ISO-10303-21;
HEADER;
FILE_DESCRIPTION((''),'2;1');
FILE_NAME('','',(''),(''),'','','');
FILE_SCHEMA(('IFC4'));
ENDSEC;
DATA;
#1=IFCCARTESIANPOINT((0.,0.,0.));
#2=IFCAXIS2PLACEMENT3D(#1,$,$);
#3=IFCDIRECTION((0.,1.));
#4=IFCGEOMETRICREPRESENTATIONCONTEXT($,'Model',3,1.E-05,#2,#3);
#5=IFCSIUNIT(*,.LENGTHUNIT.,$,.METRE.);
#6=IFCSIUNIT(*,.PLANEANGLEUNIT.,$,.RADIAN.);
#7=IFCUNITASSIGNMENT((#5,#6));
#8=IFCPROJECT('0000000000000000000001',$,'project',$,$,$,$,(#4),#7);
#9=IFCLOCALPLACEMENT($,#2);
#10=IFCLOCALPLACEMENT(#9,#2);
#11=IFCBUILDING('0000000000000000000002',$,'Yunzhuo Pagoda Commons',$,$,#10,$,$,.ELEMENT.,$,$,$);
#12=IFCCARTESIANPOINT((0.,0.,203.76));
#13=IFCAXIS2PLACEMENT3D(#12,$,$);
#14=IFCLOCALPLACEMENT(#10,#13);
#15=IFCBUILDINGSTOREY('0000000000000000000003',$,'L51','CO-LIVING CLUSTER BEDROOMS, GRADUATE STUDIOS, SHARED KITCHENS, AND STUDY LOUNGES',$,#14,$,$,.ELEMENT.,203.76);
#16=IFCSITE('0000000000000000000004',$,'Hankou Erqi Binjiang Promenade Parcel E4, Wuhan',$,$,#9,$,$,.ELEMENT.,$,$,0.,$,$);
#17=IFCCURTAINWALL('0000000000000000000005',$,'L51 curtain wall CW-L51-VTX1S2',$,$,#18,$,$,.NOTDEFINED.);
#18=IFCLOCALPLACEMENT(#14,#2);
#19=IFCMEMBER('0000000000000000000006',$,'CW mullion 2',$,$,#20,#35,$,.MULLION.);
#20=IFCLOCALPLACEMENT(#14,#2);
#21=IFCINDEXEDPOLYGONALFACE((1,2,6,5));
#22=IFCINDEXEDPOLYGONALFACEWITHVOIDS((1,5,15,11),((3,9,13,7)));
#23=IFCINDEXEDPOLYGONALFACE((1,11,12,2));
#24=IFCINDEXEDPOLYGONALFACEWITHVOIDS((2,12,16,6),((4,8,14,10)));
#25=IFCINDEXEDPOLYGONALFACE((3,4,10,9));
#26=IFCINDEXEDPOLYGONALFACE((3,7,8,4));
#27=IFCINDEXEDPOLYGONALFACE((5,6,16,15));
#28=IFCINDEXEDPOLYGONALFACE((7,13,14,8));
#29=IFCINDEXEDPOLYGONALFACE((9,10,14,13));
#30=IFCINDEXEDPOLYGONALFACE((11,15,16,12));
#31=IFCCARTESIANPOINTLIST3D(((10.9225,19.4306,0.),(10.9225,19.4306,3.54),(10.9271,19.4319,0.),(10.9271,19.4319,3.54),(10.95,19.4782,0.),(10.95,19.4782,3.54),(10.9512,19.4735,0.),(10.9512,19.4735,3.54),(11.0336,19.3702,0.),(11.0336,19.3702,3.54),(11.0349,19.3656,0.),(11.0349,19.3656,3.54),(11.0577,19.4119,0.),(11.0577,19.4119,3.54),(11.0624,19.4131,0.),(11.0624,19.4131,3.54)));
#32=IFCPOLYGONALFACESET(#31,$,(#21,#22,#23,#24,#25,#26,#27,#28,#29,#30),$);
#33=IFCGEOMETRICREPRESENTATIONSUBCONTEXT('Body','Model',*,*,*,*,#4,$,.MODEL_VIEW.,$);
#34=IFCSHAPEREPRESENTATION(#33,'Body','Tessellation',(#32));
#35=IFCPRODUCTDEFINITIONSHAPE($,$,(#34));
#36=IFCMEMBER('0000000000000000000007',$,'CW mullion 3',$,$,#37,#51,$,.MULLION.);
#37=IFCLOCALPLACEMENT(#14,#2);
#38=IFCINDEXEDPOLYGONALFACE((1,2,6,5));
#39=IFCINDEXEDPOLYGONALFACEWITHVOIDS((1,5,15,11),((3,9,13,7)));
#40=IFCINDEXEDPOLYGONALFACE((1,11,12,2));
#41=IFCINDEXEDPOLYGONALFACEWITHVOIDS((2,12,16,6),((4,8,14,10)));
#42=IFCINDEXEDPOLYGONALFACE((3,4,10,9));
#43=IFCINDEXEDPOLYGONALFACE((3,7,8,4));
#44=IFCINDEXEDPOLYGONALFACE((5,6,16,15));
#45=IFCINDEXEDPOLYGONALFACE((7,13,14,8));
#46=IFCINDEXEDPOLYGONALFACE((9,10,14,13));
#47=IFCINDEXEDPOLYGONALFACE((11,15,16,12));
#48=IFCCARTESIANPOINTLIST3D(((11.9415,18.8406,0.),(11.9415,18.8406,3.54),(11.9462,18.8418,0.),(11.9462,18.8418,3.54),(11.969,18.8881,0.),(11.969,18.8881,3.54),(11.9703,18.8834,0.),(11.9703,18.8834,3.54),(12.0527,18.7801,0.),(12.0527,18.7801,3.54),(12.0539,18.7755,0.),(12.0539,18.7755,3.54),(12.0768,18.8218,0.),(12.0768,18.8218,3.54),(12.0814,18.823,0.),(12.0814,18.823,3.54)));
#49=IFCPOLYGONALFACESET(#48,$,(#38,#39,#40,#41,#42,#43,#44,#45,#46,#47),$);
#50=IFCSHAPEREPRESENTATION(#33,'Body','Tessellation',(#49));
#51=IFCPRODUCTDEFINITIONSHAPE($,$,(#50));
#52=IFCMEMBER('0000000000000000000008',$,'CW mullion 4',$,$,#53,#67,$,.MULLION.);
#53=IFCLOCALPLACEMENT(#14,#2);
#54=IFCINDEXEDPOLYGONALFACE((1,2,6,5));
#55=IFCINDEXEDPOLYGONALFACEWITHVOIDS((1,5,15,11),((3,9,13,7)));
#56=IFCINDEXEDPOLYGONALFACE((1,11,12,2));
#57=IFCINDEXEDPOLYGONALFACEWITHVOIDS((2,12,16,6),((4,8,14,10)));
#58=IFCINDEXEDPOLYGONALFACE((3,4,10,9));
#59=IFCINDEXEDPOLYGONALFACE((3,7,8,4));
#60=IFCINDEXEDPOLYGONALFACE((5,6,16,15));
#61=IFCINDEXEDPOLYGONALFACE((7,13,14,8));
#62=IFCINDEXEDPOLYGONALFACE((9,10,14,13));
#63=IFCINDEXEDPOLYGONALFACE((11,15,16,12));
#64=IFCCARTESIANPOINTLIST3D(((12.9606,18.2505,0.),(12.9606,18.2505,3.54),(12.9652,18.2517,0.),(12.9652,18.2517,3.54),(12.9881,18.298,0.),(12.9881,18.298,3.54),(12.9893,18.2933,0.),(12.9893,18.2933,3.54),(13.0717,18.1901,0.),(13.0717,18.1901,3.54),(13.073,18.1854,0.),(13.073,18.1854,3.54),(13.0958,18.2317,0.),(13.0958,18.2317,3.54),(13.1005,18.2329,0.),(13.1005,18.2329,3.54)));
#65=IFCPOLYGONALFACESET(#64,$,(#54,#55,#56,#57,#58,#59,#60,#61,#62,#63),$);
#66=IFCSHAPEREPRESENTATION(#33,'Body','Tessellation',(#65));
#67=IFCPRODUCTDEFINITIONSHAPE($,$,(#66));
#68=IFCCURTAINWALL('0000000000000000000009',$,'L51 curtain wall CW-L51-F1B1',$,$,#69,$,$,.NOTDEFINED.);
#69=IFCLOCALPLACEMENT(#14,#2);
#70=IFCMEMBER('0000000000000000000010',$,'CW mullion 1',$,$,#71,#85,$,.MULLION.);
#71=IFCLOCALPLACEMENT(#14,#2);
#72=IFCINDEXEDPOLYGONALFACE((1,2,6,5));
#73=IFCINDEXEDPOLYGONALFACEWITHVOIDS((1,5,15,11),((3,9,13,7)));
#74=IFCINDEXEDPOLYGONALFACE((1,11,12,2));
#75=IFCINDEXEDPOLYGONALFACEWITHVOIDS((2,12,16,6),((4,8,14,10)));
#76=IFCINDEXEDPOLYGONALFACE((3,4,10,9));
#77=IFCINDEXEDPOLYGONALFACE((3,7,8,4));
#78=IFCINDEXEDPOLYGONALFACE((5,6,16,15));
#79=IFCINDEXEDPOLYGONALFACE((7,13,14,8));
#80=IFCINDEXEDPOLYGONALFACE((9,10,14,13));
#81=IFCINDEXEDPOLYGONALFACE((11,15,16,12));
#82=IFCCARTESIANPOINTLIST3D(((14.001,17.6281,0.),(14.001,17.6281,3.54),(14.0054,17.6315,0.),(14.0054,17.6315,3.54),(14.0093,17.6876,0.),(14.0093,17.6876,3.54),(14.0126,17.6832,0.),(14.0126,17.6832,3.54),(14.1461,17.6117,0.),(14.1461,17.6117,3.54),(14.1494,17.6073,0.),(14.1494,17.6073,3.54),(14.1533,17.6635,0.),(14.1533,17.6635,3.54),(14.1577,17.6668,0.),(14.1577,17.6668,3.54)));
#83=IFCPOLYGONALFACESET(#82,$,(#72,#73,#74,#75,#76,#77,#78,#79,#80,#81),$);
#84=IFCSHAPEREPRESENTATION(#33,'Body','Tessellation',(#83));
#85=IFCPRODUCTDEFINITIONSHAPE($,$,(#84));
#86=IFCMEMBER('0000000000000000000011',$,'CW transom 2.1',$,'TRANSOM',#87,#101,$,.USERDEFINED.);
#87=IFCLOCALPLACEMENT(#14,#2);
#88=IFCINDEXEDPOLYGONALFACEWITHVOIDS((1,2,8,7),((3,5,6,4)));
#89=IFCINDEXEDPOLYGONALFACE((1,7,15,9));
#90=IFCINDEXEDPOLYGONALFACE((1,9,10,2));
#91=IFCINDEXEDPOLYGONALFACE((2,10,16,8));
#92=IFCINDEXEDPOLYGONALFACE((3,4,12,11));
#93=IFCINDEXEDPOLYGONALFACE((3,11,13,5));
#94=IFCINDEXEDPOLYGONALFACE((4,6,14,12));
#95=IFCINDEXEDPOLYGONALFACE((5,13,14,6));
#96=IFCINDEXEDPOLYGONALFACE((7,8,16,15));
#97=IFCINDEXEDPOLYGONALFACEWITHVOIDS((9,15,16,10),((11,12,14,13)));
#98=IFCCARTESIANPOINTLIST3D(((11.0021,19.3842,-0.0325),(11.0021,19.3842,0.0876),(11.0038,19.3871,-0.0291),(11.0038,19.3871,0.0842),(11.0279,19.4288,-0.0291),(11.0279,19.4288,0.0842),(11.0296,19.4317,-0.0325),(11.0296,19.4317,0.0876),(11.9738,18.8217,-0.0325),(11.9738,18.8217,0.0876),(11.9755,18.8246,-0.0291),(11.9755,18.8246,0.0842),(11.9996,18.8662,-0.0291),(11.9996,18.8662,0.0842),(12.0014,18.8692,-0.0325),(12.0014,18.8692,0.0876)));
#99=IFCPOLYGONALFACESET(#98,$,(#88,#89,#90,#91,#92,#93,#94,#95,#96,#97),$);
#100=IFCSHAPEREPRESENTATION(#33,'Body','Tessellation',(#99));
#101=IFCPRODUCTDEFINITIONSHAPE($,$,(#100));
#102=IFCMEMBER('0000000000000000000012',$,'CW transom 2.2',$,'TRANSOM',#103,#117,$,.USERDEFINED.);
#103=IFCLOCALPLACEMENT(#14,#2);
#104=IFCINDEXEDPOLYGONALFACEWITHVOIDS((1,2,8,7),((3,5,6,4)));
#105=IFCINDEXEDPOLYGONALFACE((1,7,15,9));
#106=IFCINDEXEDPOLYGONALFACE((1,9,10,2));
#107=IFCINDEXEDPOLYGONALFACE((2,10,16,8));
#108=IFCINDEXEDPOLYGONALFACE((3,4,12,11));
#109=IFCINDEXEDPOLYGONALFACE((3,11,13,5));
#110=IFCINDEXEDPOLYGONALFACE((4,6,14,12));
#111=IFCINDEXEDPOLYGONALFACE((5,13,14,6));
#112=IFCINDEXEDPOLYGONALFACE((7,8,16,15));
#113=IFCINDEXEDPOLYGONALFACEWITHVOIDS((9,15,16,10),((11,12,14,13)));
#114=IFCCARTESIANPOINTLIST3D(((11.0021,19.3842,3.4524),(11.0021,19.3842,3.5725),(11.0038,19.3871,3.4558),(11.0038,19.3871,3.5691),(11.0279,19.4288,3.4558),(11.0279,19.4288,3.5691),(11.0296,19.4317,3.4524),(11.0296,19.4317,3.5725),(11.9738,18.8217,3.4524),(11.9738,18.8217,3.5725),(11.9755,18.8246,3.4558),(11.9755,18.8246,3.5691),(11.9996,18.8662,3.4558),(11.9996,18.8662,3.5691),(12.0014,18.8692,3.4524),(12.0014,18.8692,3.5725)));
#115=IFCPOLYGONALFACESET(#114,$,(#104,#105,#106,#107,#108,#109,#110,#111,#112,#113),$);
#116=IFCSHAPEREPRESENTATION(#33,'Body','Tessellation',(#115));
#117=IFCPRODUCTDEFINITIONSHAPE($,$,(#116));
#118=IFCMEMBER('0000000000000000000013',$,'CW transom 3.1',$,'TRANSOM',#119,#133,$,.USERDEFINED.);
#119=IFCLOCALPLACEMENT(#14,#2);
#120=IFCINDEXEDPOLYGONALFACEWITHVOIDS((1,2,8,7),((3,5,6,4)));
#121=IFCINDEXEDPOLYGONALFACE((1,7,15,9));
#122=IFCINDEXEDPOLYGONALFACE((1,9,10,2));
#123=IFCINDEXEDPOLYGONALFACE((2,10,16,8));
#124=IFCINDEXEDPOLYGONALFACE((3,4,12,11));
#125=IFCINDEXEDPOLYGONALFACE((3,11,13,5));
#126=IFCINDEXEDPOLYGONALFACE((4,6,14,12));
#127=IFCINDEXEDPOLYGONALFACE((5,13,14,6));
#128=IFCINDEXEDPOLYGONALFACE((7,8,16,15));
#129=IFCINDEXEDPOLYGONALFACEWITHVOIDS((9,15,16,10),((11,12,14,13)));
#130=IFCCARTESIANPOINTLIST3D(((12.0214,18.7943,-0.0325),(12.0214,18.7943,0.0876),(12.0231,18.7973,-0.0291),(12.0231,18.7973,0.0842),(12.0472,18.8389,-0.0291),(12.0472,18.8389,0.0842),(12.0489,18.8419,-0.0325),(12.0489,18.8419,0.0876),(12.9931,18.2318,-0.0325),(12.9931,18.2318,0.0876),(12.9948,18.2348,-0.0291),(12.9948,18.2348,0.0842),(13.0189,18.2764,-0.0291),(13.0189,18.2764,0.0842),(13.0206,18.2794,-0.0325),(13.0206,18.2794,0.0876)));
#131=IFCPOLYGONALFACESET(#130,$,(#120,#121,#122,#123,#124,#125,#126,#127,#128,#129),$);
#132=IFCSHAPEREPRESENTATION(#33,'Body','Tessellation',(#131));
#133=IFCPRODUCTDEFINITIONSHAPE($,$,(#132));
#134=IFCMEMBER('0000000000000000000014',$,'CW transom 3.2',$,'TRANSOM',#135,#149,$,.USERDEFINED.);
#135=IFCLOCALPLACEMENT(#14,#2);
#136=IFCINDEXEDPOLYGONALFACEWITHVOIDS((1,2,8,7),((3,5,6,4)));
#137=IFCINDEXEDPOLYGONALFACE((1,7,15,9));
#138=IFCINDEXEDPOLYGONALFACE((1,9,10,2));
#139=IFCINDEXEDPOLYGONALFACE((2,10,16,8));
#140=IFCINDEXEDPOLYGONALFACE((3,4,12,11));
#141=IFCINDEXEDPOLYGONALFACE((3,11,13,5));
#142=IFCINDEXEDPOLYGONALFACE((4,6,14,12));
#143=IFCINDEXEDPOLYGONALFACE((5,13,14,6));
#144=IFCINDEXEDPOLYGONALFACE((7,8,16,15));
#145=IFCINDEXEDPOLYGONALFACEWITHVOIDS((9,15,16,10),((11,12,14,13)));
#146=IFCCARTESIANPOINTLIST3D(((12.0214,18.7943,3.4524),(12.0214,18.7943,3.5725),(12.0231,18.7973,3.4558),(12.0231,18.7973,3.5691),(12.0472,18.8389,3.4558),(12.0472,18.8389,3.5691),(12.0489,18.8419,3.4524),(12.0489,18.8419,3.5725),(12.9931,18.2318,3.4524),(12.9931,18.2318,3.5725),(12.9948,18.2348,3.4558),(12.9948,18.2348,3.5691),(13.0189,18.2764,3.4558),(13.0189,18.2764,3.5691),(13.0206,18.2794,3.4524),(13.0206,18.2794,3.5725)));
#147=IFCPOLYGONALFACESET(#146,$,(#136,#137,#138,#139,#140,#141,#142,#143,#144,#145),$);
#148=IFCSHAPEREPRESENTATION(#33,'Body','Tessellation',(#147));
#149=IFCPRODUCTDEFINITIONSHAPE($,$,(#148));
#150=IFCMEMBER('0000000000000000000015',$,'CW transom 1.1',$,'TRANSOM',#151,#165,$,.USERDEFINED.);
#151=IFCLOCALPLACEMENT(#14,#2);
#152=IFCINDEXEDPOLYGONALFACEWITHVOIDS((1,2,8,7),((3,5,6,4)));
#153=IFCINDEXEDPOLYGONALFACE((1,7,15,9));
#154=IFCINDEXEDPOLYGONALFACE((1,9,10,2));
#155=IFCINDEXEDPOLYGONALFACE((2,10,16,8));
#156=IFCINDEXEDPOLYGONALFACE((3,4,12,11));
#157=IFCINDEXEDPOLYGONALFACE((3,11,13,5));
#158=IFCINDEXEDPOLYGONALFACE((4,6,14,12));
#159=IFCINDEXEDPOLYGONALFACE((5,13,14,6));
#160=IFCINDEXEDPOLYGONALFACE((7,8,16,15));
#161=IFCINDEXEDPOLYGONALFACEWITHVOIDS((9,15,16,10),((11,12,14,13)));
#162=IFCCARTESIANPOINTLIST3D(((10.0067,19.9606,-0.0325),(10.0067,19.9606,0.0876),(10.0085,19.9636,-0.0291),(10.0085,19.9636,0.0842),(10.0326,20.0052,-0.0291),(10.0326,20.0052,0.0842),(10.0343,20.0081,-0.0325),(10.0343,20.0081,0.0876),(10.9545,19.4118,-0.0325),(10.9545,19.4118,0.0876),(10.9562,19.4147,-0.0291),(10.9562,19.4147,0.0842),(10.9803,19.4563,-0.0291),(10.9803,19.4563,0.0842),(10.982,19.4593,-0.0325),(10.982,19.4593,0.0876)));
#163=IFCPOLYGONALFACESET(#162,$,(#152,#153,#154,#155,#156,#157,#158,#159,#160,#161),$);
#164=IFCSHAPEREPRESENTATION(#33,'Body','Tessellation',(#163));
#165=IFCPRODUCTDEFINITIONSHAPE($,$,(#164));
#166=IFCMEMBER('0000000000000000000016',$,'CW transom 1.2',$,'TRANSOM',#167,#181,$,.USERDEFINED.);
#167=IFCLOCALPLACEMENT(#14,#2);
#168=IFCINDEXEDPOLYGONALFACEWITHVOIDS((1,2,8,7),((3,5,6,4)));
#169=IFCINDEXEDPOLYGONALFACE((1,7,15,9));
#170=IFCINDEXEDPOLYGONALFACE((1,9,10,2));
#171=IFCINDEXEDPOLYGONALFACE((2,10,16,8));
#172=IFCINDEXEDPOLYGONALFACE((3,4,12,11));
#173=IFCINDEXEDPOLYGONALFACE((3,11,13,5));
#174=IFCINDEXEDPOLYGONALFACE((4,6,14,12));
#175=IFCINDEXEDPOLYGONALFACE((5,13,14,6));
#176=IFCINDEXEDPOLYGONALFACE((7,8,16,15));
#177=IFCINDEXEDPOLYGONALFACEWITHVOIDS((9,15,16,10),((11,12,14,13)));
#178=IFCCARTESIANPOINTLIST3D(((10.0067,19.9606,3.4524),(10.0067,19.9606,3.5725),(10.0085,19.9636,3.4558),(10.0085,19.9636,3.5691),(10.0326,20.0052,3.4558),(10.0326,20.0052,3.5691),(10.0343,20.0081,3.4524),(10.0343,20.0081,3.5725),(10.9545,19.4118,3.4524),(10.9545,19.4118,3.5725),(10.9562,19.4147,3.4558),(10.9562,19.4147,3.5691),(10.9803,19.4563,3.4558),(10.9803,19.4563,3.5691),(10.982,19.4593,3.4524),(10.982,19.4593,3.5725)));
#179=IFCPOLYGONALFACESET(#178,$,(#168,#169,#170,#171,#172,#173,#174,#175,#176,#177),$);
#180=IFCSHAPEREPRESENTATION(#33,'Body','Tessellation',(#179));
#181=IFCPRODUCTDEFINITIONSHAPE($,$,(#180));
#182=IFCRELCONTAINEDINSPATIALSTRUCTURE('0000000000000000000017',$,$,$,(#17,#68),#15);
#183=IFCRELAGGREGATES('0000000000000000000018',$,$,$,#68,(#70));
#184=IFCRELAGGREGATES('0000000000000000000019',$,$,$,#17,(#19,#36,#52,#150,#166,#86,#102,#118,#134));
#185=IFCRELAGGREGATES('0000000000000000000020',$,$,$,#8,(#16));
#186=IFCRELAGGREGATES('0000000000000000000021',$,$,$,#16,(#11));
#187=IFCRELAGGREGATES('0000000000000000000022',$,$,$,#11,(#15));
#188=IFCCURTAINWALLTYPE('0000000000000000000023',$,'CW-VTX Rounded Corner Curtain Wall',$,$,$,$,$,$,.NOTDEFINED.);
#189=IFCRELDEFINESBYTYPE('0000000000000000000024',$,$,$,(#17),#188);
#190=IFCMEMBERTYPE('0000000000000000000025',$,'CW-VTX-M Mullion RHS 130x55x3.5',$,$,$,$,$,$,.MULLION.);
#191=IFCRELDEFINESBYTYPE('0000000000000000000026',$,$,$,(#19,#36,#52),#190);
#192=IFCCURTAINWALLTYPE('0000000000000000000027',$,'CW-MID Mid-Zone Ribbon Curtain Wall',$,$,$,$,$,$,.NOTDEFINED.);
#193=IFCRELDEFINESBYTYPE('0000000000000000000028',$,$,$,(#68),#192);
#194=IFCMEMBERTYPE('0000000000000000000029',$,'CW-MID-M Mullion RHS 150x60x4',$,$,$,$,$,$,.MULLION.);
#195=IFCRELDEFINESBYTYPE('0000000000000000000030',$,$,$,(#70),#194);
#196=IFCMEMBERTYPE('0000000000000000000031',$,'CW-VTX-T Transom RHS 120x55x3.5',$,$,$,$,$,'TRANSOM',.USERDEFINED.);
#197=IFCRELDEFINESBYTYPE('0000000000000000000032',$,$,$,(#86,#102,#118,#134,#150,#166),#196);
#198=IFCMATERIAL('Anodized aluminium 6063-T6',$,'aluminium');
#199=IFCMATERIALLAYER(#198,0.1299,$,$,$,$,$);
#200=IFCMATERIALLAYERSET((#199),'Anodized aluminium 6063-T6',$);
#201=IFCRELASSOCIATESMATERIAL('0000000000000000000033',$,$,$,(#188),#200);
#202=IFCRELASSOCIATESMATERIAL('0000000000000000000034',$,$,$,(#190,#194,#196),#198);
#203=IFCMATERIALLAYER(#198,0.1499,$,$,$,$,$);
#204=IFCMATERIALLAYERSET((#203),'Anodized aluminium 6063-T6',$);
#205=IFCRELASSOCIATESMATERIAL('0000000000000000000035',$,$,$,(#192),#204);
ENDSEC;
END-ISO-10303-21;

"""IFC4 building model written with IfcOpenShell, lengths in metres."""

from ifc_helpers import new_model, si_unit, direction, frame, origin, origin_2d, place, context, subcontext, project, spatial, hollow_rectangle, extrude, source, transform, mapped, material, layer, layer_set, material_profile, profile_set, type_object, element, aggregate, save


model = new_model("IFC4")

# Units and contexts
model_context = context("Model", 3, precision=1e-05, world=origin(), true_north=direction((0.0, 1.0)))
body_context = subcontext(model_context, "Body", "Model", "MODEL_VIEW")
ifc_project = project(units=[si_unit("LENGTHUNIT", "METRE"), si_unit("PLANEANGLEUNIT", "RADIAN")], contexts=[model_context])

# Site, building, storey
site_placement = place(None, origin())
site = spatial("IfcSite", under=ifc_project, at=site_placement, Name="Hankou Erqi Binjiang Promenade Parcel E4, Wuhan", CompositionType="ELEMENT", RefElevation=0.0)
building_placement = place(site_placement, origin())
building = spatial("IfcBuilding", under=site, at=building_placement, Name="Yunzhuo Pagoda Commons", CompositionType="ELEMENT")
storey_placement = place(building_placement, frame((0.0, 0.0, 203.76)))
storey = spatial("IfcBuildingStorey", under=building, at=storey_placement, Name="L51", Description="CO-LIVING CLUSTER BEDROOMS, GRADUATE STUDIOS, SHARED KITCHENS, AND STUDY LOUNGES", CompositionType="ELEMENT", Elevation=203.76)

# Curtain wall, members
ifc_material_1 = material(Name="Anodized aluminium 6063-T6", Category="aluminium")
ifc_layer_1 = layer(ifc_material_1, 0.1299)
ifc_layer_set_1 = layer_set([ifc_layer_1], Name="Anodized aluminium 6063-T6")
curtain_wall_type_1 = type_object("IfcCurtainWallType", Name="CW-VTX Rounded Corner Curtain Wall", PredefinedType="NOTDEFINED", material=ifc_layer_set_1)
curtain_wall_1_placement = place(storey_placement, origin())
curtain_wall_1 = element("IfcCurtainWall", 1, at=curtain_wall_1_placement, inside=storey, type_object=curtain_wall_type_1, Name="L51 curtain wall CW-L51-VTX1S2", PredefinedType="NOTDEFINED")
ifc_material_profile_1 = material_profile(ifc_material_1, hollow_rectangle(XDim=0.0549, YDim=0.1299, WallThickness=0.0034, at=origin_2d()), Name="Anodized aluminium 6063-T6")
ifc_profile_set_1 = profile_set([ifc_material_profile_1], Name="Anodized aluminium 6063-T6")
member_type_1 = type_object("IfcMemberType", Name="CW-VTX-M Mullion RHS 130x55x3.5", PredefinedType="MULLION", material=ifc_profile_set_1)
shared_shape_1 = source(origin(), body_context, "Body", "SweptSolid", [
    extrude(hollow_rectangle(XDim=0.0549, YDim=0.1299, WallThickness=0.0034, at=origin_2d()), origin(), (0.0, 0.0, 1.0), 3.54),
])
member_1_placement = place(storey_placement, frame((10.9924, 19.4219, 0.0), z_axis=(0.0, 0.0, 1.0), x_axis=(0.501037, 0.865426, 0.0)))
member_1 = element("IfcMember", 2, at=member_1_placement, type_object=member_type_1, Name="CW mullion 2", PredefinedType="MULLION", context=body_context, shape_type="MappedRepresentation", body=[
    mapped(shared_shape_1, transform((0.0, 0.0, 0.0), scale=1.0)),
])
member_2_placement = place(storey_placement, frame((12.0115, 18.8318, 0.0), z_axis=(0.0, 0.0, 1.0), x_axis=(0.501037, 0.865426, 0.0)))
member_2 = element("IfcMember", 3, at=member_2_placement, type_object=member_type_1, Name="CW mullion 3", PredefinedType="MULLION", context=body_context, shape_type="MappedRepresentation", body=[
    mapped(shared_shape_1, transform((0.0, 0.0, 0.0), scale=1.0)),
])
member_3_placement = place(storey_placement, frame((13.0305, 18.2417, 0.0), z_axis=(0.0, 0.0, 1.0), x_axis=(0.501037, 0.865426, 0.0)))
member_3 = element("IfcMember", 4, at=member_3_placement, type_object=member_type_1, Name="CW mullion 4", PredefinedType="MULLION", context=body_context, shape_type="MappedRepresentation", body=[
    mapped(shared_shape_1, transform((0.0, 0.0, 0.0), scale=1.0)),
])

# Curtain wall, member
ifc_layer_2 = layer(ifc_material_1, 0.1499)
ifc_layer_set_2 = layer_set([ifc_layer_2], Name="Anodized aluminium 6063-T6")
curtain_wall_type_2 = type_object("IfcCurtainWallType", Name="CW-MID Mid-Zone Ribbon Curtain Wall", PredefinedType="NOTDEFINED", material=ifc_layer_set_2)
curtain_wall_2_placement = place(storey_placement, origin())
curtain_wall_2 = element("IfcCurtainWall", 5, at=curtain_wall_2_placement, inside=storey, type_object=curtain_wall_type_2, Name="L51 curtain wall CW-L51-F1B1", PredefinedType="NOTDEFINED")
ifc_material_profile_2 = material_profile(ifc_material_1, hollow_rectangle(XDim=0.0601, YDim=0.1499, WallThickness=0.0039, at=origin_2d()), Name="Anodized aluminium 6063-T6")
ifc_profile_set_2 = profile_set([ifc_material_profile_2], Name="Anodized aluminium 6063-T6")
member_type_2 = type_object("IfcMemberType", Name="CW-MID-M Mullion RHS 150x60x4", PredefinedType="MULLION", material=ifc_profile_set_2)
shared_shape_2 = source(origin(), body_context, "Body", "SweptSolid", [
    extrude(hollow_rectangle(XDim=0.0601, YDim=0.1499, WallThickness=0.0039, at=origin_2d()), origin(), (0.0, 0.0, 1.0), 3.54),
])
member_4_placement = place(storey_placement, frame((14.0793, 17.6475, 0.0), z_axis=(0.0, 0.0, 1.0), x_axis=(0.138819, 0.990318, 0.0)))
member_4 = element("IfcMember", 6, at=member_4_placement, type_object=member_type_2, Name="CW mullion 1", PredefinedType="MULLION", context=body_context, shape_type="MappedRepresentation", body=[
    mapped(shared_shape_2, transform((0.0, 0.0, 0.0), scale=1.0)),
])
aggregate(curtain_wall_2, [member_4])

# Members
ifc_material_profile_3 = material_profile(ifc_material_1, hollow_rectangle(XDim=0.0549, YDim=0.1201, WallThickness=0.0034, at=origin_2d()), Name="Anodized aluminium 6063-T6")
ifc_profile_set_3 = profile_set([ifc_material_profile_3], Name="Anodized aluminium 6063-T6")
member_type_3 = type_object("IfcMemberType", Name="CW-VTX-T Transom RHS 120x55x3.5", ElementType="TRANSOM", PredefinedType="USERDEFINED", material=ifc_profile_set_3)
shared_shape_3 = source(origin(), body_context, "Body", "SweptSolid", [
    extrude(hollow_rectangle(XDim=0.0549, YDim=0.1201, WallThickness=0.0034, at=origin_2d()), origin(), (0.0, 0.0, 1.0), 1.1228),
])
member_5_placement = place(storey_placement, frame((11.0159, 19.408, 0.0276), z_axis=(0.865446, -0.501002, 0.0), x_axis=(0.501002, 0.865446, 0.0)))
member_5 = element("IfcMember", 7, at=member_5_placement, type_object=member_type_3, Name="CW transom 2.1", ObjectType="TRANSOM", PredefinedType="USERDEFINED", context=body_context, shape_type="MappedRepresentation", body=[
    mapped(shared_shape_3, transform((0.0, 0.0, 0.0), scale=1.0)),
])
member_6_placement = place(storey_placement, frame((11.0159, 19.408, 3.5125), z_axis=(0.865446, -0.501002, 0.0), x_axis=(0.501002, 0.865446, 0.0)))
member_6 = element("IfcMember", 8, at=member_6_placement, type_object=member_type_3, Name="CW transom 2.2", ObjectType="TRANSOM", PredefinedType="USERDEFINED", context=body_context, shape_type="MappedRepresentation", body=[
    mapped(shared_shape_3, transform((0.0, 0.0, 0.0), scale=1.0)),
])
member_7_placement = place(storey_placement, frame((12.0352, 18.8181, 0.0276), z_axis=(0.865446, -0.501002, 0.0), x_axis=(0.501002, 0.865446, 0.0)))
member_7 = element("IfcMember", 9, at=member_7_placement, type_object=member_type_3, Name="CW transom 3.1", ObjectType="TRANSOM", PredefinedType="USERDEFINED", context=body_context, shape_type="MappedRepresentation", body=[
    mapped(shared_shape_3, transform((0.0, 0.0, 0.0), scale=1.0)),
])
member_8_placement = place(storey_placement, frame((12.0352, 18.8181, 3.5125), z_axis=(0.865446, -0.501002, 0.0), x_axis=(0.501002, 0.865446, 0.0)))
member_8 = element("IfcMember", 10, at=member_8_placement, type_object=member_type_3, Name="CW transom 3.2", ObjectType="TRANSOM", PredefinedType="USERDEFINED", context=body_context, shape_type="MappedRepresentation", body=[
    mapped(shared_shape_3, transform((0.0, 0.0, 0.0), scale=1.0)),
])
shared_shape_4 = source(origin(), body_context, "Body", "SweptSolid", [
    extrude(hollow_rectangle(XDim=0.0549, YDim=0.1201, WallThickness=0.0034, at=origin_2d()), origin(), (0.0, 0.0, 1.0), 1.0952),
])
member_9_placement = place(storey_placement, frame((10.0205, 19.9844, 0.0276), z_axis=(0.865375, -0.501124, 0.0), x_axis=(0.501124, 0.865375, 0.0)))
member_9 = element("IfcMember", 11, at=member_9_placement, type_object=member_type_3, Name="CW transom 1.1", ObjectType="TRANSOM", PredefinedType="USERDEFINED", context=body_context, shape_type="MappedRepresentation", body=[
    mapped(shared_shape_4, transform((0.0, 0.0, 0.0), scale=1.0)),
])
member_10_placement = place(storey_placement, frame((10.0205, 19.9844, 3.5125), z_axis=(0.865375, -0.501124, 0.0), x_axis=(0.501124, 0.865375, 0.0)))
member_10 = element("IfcMember", 12, at=member_10_placement, type_object=member_type_3, Name="CW transom 1.2", ObjectType="TRANSOM", PredefinedType="USERDEFINED", context=body_context, shape_type="MappedRepresentation", body=[
    mapped(shared_shape_4, transform((0.0, 0.0, 0.0), scale=1.0)),
])

aggregate(curtain_wall_1, [member_1, member_2, member_3, member_9, member_10, member_5, member_6, member_7, member_8])

save(model, "model.ifc")
